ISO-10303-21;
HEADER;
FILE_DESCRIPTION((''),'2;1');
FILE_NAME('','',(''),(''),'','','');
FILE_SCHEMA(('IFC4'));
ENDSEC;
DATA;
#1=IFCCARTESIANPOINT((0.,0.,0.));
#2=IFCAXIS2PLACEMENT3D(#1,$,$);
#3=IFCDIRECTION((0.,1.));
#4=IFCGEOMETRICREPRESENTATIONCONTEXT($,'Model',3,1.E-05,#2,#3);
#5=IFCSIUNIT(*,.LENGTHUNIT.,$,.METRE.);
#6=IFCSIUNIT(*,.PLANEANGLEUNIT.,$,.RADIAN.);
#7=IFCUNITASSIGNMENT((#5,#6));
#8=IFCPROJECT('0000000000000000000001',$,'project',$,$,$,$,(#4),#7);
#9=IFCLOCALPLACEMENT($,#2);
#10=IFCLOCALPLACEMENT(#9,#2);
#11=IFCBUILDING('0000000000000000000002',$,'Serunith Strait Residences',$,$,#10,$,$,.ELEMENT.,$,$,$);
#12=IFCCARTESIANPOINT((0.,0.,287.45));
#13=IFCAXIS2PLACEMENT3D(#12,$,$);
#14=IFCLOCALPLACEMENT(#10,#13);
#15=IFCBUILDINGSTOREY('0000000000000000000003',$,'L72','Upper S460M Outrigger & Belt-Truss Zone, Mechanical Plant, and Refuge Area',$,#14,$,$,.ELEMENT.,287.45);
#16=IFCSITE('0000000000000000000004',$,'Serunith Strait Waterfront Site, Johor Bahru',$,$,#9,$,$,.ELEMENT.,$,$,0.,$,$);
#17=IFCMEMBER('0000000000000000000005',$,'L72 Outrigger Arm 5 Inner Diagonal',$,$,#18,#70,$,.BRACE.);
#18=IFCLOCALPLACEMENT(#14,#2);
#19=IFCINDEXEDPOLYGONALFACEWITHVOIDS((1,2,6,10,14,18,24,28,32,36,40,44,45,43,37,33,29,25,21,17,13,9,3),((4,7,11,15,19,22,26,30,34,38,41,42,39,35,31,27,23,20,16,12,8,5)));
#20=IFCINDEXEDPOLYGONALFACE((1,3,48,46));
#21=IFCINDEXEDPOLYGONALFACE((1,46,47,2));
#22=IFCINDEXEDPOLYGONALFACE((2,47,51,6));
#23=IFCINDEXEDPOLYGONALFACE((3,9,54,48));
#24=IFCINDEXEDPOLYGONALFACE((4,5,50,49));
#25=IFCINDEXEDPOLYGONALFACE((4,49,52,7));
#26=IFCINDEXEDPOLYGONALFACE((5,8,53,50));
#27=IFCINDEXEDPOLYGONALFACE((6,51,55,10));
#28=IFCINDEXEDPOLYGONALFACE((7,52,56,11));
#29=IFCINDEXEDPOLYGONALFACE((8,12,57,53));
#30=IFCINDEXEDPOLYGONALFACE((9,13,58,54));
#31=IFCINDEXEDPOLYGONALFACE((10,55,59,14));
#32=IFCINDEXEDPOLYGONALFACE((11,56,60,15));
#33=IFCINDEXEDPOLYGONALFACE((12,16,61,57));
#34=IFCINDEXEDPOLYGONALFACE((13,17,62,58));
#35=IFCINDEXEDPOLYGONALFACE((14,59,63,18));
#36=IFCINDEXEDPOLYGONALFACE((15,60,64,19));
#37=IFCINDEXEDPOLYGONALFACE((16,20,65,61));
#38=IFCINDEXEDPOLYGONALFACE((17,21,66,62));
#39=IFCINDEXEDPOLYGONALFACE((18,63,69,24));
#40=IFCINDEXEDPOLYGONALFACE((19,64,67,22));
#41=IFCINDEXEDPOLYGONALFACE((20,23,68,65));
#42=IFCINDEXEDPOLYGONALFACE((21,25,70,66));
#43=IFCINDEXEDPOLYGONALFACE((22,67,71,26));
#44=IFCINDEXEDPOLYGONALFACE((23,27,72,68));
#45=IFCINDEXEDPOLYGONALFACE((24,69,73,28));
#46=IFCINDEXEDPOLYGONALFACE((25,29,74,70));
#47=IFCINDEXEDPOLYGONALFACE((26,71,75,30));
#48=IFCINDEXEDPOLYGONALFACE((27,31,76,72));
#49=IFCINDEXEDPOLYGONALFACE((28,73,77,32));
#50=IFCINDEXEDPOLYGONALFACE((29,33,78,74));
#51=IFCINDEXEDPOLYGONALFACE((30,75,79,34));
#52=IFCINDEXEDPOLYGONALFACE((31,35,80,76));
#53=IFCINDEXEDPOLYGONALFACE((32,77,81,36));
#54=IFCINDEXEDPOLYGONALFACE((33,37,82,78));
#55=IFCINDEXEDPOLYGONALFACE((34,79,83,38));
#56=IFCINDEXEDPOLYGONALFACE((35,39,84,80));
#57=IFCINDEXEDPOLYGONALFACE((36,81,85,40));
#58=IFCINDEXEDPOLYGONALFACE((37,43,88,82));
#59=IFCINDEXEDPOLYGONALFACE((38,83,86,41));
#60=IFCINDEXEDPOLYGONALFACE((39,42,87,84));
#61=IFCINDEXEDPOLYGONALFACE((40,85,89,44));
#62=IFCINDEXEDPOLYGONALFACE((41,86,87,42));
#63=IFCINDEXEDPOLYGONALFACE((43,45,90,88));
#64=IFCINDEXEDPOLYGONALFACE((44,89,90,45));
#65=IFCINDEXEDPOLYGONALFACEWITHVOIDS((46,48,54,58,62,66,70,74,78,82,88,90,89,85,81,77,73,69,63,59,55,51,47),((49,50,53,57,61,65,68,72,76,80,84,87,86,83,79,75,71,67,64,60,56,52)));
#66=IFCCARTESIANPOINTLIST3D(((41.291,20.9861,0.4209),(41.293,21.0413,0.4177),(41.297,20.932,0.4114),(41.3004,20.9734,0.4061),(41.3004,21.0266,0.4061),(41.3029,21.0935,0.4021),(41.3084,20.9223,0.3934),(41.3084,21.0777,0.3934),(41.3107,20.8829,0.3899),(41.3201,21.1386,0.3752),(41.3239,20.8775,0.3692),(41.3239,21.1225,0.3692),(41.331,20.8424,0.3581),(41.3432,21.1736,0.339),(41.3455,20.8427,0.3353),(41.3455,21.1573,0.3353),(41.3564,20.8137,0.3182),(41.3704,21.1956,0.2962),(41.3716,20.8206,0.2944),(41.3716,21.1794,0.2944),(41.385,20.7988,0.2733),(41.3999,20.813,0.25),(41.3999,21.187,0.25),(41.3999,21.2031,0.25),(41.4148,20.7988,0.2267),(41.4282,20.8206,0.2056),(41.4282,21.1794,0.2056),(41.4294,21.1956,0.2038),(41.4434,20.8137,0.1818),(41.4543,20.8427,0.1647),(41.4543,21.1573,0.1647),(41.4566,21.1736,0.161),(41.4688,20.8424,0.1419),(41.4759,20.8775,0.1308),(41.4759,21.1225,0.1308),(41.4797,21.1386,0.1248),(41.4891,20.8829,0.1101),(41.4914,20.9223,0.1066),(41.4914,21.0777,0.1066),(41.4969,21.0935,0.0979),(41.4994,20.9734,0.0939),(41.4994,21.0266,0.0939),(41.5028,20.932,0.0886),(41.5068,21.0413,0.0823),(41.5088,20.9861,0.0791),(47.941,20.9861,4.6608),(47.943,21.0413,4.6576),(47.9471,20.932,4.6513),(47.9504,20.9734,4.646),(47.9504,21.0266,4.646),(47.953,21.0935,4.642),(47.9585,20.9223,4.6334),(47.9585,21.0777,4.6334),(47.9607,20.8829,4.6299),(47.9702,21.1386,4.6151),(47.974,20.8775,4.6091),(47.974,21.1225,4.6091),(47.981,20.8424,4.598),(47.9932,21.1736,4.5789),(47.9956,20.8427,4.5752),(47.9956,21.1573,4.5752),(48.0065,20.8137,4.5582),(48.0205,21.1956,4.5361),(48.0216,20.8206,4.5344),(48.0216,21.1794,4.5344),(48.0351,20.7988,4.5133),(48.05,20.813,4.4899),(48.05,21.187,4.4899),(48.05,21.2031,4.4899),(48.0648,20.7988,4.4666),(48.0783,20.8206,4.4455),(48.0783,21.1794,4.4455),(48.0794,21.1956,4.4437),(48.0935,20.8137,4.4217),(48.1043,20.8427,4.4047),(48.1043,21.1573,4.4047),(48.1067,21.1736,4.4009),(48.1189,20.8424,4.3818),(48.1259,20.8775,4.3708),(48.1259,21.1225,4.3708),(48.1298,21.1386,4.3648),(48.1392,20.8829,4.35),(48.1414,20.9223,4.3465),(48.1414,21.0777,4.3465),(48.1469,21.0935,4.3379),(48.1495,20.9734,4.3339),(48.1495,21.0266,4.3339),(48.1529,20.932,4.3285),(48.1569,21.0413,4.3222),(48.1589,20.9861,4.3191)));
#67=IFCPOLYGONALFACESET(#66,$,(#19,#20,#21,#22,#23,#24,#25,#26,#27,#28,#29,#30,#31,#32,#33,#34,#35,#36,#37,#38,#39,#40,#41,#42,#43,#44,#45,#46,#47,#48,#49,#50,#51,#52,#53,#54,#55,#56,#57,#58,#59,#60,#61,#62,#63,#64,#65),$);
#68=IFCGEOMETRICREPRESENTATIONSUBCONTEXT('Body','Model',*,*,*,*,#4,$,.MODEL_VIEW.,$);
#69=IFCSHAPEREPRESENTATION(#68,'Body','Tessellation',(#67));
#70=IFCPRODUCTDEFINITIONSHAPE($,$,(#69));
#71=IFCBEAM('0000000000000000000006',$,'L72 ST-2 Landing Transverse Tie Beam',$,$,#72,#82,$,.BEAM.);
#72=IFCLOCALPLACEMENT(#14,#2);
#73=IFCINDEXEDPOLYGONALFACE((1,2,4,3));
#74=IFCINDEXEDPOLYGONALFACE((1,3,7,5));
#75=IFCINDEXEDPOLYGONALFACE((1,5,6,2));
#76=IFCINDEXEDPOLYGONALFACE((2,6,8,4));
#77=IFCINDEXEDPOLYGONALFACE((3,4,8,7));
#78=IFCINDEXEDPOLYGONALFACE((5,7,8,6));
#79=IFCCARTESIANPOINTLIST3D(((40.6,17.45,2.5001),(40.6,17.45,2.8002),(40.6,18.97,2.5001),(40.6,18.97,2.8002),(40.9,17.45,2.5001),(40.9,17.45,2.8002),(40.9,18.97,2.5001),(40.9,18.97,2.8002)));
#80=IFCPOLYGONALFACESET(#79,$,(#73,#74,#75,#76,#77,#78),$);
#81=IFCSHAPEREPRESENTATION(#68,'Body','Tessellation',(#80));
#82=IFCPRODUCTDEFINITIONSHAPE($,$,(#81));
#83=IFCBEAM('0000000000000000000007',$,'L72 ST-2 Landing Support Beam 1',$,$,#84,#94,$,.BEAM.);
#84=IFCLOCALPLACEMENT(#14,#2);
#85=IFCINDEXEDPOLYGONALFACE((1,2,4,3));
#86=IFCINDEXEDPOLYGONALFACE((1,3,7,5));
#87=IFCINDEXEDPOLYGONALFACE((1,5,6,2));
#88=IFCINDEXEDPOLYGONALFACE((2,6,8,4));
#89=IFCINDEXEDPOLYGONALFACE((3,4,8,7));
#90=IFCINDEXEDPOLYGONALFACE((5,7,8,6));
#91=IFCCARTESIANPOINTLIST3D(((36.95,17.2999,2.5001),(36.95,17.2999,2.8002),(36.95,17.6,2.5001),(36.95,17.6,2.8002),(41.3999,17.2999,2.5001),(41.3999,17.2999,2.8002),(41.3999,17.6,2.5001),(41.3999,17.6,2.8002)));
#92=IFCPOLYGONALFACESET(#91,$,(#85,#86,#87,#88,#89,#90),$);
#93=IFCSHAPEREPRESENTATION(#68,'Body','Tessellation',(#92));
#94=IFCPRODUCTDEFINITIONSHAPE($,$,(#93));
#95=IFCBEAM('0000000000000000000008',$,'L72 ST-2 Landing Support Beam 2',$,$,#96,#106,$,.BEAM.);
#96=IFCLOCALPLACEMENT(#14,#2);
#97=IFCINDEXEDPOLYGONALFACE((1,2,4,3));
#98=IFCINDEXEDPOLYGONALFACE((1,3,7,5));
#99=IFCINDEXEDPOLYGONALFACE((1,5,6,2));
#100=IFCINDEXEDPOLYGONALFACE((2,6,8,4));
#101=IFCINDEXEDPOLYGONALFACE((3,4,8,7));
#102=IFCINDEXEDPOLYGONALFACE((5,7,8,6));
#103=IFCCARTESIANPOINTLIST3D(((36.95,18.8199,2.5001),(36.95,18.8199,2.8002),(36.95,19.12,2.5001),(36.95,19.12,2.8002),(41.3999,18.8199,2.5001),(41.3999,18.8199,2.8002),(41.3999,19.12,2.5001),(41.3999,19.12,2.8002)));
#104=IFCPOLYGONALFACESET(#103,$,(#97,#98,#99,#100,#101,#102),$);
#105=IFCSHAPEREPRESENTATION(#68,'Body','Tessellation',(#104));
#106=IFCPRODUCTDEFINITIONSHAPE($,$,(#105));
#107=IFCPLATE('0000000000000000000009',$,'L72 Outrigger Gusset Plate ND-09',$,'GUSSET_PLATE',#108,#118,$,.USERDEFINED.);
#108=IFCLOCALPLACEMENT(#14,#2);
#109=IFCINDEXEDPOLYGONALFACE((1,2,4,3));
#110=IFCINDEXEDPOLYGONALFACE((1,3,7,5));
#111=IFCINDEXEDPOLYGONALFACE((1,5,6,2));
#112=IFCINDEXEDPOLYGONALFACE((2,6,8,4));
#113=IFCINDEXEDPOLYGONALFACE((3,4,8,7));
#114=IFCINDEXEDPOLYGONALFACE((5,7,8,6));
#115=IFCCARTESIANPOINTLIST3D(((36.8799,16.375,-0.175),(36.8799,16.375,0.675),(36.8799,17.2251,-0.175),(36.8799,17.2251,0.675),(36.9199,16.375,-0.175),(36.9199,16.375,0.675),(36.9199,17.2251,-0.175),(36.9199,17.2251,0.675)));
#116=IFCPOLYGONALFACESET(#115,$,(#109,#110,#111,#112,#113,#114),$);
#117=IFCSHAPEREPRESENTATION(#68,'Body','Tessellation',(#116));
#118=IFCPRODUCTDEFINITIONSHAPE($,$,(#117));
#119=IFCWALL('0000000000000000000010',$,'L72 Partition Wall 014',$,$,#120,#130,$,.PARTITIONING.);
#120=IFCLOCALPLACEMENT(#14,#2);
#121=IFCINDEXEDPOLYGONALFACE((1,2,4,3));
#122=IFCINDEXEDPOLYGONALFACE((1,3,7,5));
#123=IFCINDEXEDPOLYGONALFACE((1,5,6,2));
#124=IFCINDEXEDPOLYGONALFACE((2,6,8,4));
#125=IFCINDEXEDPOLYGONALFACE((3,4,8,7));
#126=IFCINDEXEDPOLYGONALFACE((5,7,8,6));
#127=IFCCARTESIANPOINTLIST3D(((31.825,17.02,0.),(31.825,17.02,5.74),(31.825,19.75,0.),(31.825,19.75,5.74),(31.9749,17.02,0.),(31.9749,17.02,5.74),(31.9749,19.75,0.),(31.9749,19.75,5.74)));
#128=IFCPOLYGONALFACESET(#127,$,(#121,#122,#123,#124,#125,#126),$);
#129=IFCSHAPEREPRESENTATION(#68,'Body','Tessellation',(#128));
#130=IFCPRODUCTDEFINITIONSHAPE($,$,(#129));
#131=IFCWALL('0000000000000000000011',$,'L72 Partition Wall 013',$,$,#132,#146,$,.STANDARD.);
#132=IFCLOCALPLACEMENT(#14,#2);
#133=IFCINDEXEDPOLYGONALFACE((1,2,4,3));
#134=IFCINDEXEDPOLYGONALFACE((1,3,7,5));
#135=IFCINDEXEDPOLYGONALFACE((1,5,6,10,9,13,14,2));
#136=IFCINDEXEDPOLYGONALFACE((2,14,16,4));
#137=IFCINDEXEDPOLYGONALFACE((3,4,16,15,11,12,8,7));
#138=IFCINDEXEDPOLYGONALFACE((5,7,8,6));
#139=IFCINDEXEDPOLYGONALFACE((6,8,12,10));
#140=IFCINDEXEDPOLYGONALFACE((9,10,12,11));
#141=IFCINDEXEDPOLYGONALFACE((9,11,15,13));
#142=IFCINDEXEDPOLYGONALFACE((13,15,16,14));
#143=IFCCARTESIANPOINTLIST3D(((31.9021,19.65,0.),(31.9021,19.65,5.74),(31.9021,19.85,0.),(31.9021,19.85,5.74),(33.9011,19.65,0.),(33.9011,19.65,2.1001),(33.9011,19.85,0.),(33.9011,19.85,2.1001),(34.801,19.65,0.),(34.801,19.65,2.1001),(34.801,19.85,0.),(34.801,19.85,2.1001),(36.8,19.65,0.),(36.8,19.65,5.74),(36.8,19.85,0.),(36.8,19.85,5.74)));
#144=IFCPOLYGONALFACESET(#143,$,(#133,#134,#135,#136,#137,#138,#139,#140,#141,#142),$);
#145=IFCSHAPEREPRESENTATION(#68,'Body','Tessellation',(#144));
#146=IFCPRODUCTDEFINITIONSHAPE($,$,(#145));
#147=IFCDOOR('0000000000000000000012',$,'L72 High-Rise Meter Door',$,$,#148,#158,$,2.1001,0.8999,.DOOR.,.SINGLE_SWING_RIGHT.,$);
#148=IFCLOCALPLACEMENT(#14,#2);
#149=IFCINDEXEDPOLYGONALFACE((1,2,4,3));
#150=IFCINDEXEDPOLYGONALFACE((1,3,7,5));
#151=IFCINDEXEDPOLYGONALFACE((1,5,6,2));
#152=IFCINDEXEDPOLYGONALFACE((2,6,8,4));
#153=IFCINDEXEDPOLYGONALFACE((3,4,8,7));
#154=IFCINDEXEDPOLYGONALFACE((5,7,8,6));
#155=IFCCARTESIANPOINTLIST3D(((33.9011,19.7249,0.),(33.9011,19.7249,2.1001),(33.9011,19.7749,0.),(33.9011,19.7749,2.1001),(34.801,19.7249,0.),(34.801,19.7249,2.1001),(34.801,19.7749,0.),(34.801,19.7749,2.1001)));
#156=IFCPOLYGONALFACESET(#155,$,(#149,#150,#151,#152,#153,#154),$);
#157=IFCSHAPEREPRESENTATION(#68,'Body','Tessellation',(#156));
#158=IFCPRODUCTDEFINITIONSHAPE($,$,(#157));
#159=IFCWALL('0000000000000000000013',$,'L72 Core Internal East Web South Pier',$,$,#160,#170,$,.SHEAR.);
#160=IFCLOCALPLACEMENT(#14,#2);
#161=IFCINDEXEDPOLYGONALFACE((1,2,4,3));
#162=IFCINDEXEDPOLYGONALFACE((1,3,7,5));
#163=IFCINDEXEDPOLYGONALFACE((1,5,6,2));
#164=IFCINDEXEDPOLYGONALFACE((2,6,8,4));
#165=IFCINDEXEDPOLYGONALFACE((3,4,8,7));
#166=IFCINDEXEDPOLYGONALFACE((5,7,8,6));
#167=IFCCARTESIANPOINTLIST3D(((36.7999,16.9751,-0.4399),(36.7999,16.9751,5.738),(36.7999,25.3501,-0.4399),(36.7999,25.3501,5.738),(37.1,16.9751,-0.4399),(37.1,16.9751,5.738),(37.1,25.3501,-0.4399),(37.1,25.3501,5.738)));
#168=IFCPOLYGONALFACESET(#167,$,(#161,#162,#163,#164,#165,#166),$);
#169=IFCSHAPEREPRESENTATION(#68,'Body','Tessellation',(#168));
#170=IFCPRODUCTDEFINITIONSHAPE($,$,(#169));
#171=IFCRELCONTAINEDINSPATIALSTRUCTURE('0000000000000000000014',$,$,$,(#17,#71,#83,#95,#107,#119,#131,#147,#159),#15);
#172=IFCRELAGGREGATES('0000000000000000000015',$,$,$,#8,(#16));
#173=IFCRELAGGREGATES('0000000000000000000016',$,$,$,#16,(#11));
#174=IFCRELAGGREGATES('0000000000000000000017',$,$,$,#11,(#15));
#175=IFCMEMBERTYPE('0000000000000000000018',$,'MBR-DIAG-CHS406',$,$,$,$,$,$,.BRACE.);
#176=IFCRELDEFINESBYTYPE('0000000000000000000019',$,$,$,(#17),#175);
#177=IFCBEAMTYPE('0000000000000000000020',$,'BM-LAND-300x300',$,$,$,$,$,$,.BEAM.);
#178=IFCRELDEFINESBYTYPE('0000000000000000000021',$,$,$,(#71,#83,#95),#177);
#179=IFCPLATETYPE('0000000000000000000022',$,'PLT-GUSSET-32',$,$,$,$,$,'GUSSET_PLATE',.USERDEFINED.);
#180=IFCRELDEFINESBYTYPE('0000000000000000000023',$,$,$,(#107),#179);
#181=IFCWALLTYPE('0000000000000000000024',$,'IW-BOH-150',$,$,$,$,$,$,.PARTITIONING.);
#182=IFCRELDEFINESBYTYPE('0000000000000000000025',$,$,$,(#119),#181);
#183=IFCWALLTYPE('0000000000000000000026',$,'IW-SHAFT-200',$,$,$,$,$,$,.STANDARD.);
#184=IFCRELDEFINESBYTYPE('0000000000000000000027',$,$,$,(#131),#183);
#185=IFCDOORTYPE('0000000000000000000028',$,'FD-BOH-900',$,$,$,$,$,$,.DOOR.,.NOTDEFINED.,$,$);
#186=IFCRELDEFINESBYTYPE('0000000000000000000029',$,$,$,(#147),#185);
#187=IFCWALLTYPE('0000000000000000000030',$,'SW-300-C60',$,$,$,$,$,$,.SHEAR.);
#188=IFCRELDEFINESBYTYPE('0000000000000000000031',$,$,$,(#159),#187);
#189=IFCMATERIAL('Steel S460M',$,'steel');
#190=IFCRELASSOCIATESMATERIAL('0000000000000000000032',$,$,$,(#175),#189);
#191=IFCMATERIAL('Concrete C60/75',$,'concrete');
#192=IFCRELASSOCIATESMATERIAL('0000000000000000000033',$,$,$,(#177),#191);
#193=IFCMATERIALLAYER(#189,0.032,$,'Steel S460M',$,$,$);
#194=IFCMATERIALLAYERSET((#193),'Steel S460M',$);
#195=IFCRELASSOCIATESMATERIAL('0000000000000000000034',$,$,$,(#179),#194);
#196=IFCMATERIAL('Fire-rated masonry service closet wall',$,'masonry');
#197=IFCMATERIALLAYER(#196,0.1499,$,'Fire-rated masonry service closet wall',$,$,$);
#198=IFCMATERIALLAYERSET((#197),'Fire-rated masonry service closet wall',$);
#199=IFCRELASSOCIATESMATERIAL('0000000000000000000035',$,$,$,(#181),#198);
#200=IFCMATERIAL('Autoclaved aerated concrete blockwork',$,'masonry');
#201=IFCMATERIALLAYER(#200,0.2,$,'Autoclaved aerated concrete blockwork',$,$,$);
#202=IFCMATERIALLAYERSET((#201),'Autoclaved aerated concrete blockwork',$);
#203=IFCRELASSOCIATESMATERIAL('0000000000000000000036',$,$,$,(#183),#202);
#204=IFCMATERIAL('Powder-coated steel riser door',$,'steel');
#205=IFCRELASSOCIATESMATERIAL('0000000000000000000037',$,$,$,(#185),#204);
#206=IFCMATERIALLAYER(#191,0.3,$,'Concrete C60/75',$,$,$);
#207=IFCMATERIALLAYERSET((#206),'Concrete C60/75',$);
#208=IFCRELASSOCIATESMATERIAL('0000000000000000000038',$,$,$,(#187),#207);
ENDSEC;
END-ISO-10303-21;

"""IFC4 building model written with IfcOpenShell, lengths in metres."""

from ifc_helpers import new_model, si_unit, direction, frame, frame_2d, origin, origin_2d, place, context, subcontext, project, spatial, rectangle, hollow_circle, extrude, source, transform, mapped, material, layer, layer_set, material_profile, profile_set, type_object, element, fill, save


model = new_model("IFC4")

# Units and contexts
model_context = context("Model", 3, precision=1e-05, world=origin(), true_north=direction((0.0, 1.0)))
body_context = subcontext(model_context, "Body", "Model", "MODEL_VIEW")
ifc_project = project(units=[si_unit("LENGTHUNIT", "METRE"), si_unit("PLANEANGLEUNIT", "RADIAN")], contexts=[model_context])

# Site, building, storey
site_placement = place(None, origin())
site = spatial("IfcSite", under=ifc_project, at=site_placement, Name="Serunith Strait Waterfront Site, Johor Bahru", CompositionType="ELEMENT", RefElevation=0.0)
building_placement = place(site_placement, origin())
building = spatial("IfcBuilding", under=site, at=building_placement, Name="Serunith Strait Residences", CompositionType="ELEMENT")
storey_placement = place(building_placement, frame((0.0, 0.0, 287.45)))
storey = spatial("IfcBuildingStorey", under=building, at=storey_placement, Name="L72", Description="Upper S460M Outrigger & Belt-Truss Zone, Mechanical Plant, and Refuge Area", CompositionType="ELEMENT", Elevation=287.45)

# Member
ifc_material_1 = material(Name="Steel S460M", Category="steel")
ifc_material_profile_1 = material_profile(ifc_material_1, hollow_circle(Radius=0.2031, WallThickness=0.0161, at=origin_2d()), Name="CHS 406.4x16")
ifc_profile_set_1 = profile_set([ifc_material_profile_1], Name="Steel S460M")
member_type_1 = type_object("IfcMemberType", Name="MBR-DIAG-CHS406", PredefinedType="BRACE", material=ifc_profile_set_1)
shared_shape_1 = source(origin(), body_context, "Body", "SweptSolid", [
    extrude(hollow_circle(Radius=0.2031, WallThickness=0.0161, at=origin_2d()), origin(), (0.0, 0.0, 1.0), 7.8867),
])
member_placement = place(storey_placement, frame((41.3999, 21.0, 0.25), z_axis=(0.843197, 0.0, 0.537604), x_axis=(0.0, 1.0, 0.0)))
element("IfcMember", 1, at=member_placement, inside=storey, type_object=member_type_1, Name="L72 Outrigger Arm 5 Inner Diagonal", PredefinedType="BRACE", context=body_context, shape_type="MappedRepresentation", body=[
    mapped(shared_shape_1, transform((0.0, 0.0, 0.0), scale=1.0)),
])

# Beams
ifc_material_2 = material(Name="Concrete C60/75", Category="concrete")
ifc_material_profile_2 = material_profile(ifc_material_2, rectangle(XDim=0.3, YDim=0.3, at=origin_2d()), Name="RC 300x300")
ifc_profile_set_2 = profile_set([ifc_material_profile_2], Name="Concrete C60/75")
beam_type_1 = type_object("IfcBeamType", Name="BM-LAND-300x300", PredefinedType="BEAM", material=ifc_profile_set_2)
shared_shape_2 = source(origin(), body_context, "Body", "SweptSolid", [
    extrude(rectangle(XDim=0.3, YDim=0.3, at=origin_2d()), origin(), (0.0, 0.0, 1.0), 1.52),
])
beam_1_placement = place(storey_placement, frame((40.75, 17.45, 2.6501), z_axis=(0.0, 1.0, 0.0), x_axis=(-1.0, 0.0, 0.0)))
element("IfcBeam", 2, at=beam_1_placement, inside=storey, type_object=beam_type_1, Name="L72 ST-2 Landing Transverse Tie Beam", PredefinedType="BEAM", context=body_context, shape_type="MappedRepresentation", body=[
    mapped(shared_shape_2, transform((0.0, 0.0, 0.0), scale=1.0)),
])
shared_shape_3 = source(origin(), body_context, "Body", "SweptSolid", [
    extrude(rectangle(XDim=0.3, YDim=0.3, at=origin_2d()), origin(), (0.0, 0.0, 1.0), 4.45),
])
for number, where, z_axis, x_axis, name in (
    (3, (36.95, 17.45, 2.6501), (1.0, 0.0, 0.0), (0.0, 1.0, 0.0), "L72 ST-2 Landing Support Beam 1"),
    (4, (36.95, 18.97, 2.6501), (1.0, 0.0, 0.0), (0.0, 1.0, 0.0), "L72 ST-2 Landing Support Beam 2"),
):
    element("IfcBeam", number, at=place(storey_placement, frame(where, z_axis=z_axis, x_axis=x_axis)), inside=storey, type_object=beam_type_1, Name=name, PredefinedType="BEAM", context=body_context, shape_type="MappedRepresentation", body=[
        mapped(shared_shape_3, transform((0.0, 0.0, 0.0), scale=1.0)),
    ])

# Plate
ifc_layer_1 = layer(ifc_material_1, 0.032, Name="Steel S460M")
ifc_layer_set_1 = layer_set([ifc_layer_1], Name="Steel S460M")
plate_type = type_object("IfcPlateType", Name="PLT-GUSSET-32", ElementType="GUSSET_PLATE", PredefinedType="USERDEFINED", material=ifc_layer_set_1)
shared_shape_4 = source(origin(), body_context, "Body", "SweptSolid", [
    extrude(rectangle(XDim=0.8501, YDim=0.04, at=origin_2d()), origin(), (0.0, 0.0, 1.0), 0.8501),
])
plate_placement = place(storey_placement, frame((36.8999, 16.8, -0.175), z_axis=(0.0, 0.0, 1.0), x_axis=(0.0, -1.0, 0.0)))
element("IfcPlate", 5, at=plate_placement, inside=storey, type_object=plate_type, Name="L72 Outrigger Gusset Plate ND-09", ObjectType="GUSSET_PLATE", PredefinedType="USERDEFINED", context=body_context, shape_type="MappedRepresentation", body=[
    mapped(shared_shape_4, transform((0.0, 0.0, 0.0), scale=1.0)),
])

# Wall
ifc_material_3 = material(Name="Fire-rated masonry service closet wall", Category="masonry")
ifc_layer_2 = layer(ifc_material_3, 0.1499, Name="Fire-rated masonry service closet wall")
ifc_layer_set_2 = layer_set([ifc_layer_2], Name="Fire-rated masonry service closet wall")
wall_type_1 = type_object("IfcWallType", Name="IW-BOH-150", PredefinedType="PARTITIONING", material=ifc_layer_set_2)
wall_1_placement = place(storey_placement, frame((31.8999, 17.02, 0.0), z_axis=(0.0, 0.0, 1.0), x_axis=(0.0, 1.0, 0.0)))
element("IfcWall", 6, at=wall_1_placement, inside=storey, type_object=wall_type_1, Name="L72 Partition Wall 014", PredefinedType="PARTITIONING", context=body_context, shape_type="SweptSolid", body=[
    extrude(rectangle(XDim=2.73, YDim=0.1499, at=frame_2d((1.365, 0.0))), origin(), (0.0, 0.0, 1.0), 5.74),
])

# Wall, opening, door
ifc_material_4 = material(Name="Autoclaved aerated concrete blockwork", Category="masonry")
ifc_layer_3 = layer(ifc_material_4, 0.2, Name="Autoclaved aerated concrete blockwork")
ifc_layer_set_3 = layer_set([ifc_layer_3], Name="Autoclaved aerated concrete blockwork")
wall_type_2 = type_object("IfcWallType", Name="IW-SHAFT-200", PredefinedType="STANDARD", material=ifc_layer_set_3)
wall_2_placement = place(storey_placement, frame((31.9021, 19.75, 0.0), z_axis=(0.0, 0.0, 1.0), x_axis=(1.0, 0.0, 0.0)))
wall_2 = element("IfcWall", 7, at=wall_2_placement, inside=storey, type_object=wall_type_2, Name="L72 Partition Wall 013", PredefinedType="STANDARD", context=body_context, shape_type="SweptSolid", body=[
    extrude(rectangle(XDim=4.8979, YDim=0.2, at=frame_2d((2.449, 0.0))), origin(), (0.0, 0.0, 1.0), 5.74),
])
opening_placement = place(wall_2_placement, frame((1.999, 0.0, 0.0)))
opening = element("IfcOpeningElement", 8, at=opening_placement, cuts=wall_2, PredefinedType="OPENING", context=body_context, shape_type="SweptSolid", body=[
    extrude(rectangle(XDim=0.8999, YDim=2.1001, at=frame_2d((0.45, 1.05))), frame((0.0, 0.1099, 0.0), z_axis=(0.0, -1.0, 0.0), x_axis=(1.0, 0.0, 0.0)), (0.0, 0.0, 1.0), 0.22),
])
ifc_material_5 = material(Name="Powder-coated steel riser door", Category="steel")
door_type = type_object("IfcDoorType", Name="FD-BOH-900", OperationType="NOTDEFINED", PredefinedType="DOOR", material=ifc_material_5)
shared_shape_5 = source(origin(), body_context, "Body", "SweptSolid", [
    extrude(rectangle(XDim=0.8999, YDim=2.1001, at=frame_2d((0.45, 1.05))), frame((0.0, 0.0249, 0.0), z_axis=(0.0, -1.0, 0.0), x_axis=(1.0, 0.0, 0.0)), (0.0, 0.0, 1.0), 0.05),
])
door_placement = place(opening_placement, origin())
door = element("IfcDoor", 9, at=door_placement, inside=storey, type_object=door_type, Name="L72 High-Rise Meter Door", OperationType="SINGLE_SWING_RIGHT", OverallHeight=2.1001, OverallWidth=0.8999, PredefinedType="DOOR", context=body_context, shape_type="MappedRepresentation", body=[
    mapped(shared_shape_5, transform((0.0, 0.0, 0.0), scale=1.0)),
])
fill(opening, door)

# Wall
ifc_layer_4 = layer(ifc_material_2, 0.3, Name="Concrete C60/75")
ifc_layer_set_4 = layer_set([ifc_layer_4], Name="Concrete C60/75")
wall_type_3 = type_object("IfcWallType", Name="SW-300-C60", PredefinedType="SHEAR", material=ifc_layer_set_4)
wall_3_placement = place(storey_placement, frame((36.95, 16.9751, -0.4399), z_axis=(0.0, 0.0, 1.0), x_axis=(0.0, 1.0, 0.0)))
element("IfcWall", 10, at=wall_3_placement, inside=storey, type_object=wall_type_3, Name="L72 Core Internal East Web South Pier", PredefinedType="SHEAR", context=body_context, shape_type="SweptSolid", body=[
    extrude(rectangle(XDim=8.375, YDim=0.3, at=frame_2d((4.1875, 0.0))), origin(), (0.0, 0.0, 1.0), 6.178),
])

save(model, "model.ifc")
